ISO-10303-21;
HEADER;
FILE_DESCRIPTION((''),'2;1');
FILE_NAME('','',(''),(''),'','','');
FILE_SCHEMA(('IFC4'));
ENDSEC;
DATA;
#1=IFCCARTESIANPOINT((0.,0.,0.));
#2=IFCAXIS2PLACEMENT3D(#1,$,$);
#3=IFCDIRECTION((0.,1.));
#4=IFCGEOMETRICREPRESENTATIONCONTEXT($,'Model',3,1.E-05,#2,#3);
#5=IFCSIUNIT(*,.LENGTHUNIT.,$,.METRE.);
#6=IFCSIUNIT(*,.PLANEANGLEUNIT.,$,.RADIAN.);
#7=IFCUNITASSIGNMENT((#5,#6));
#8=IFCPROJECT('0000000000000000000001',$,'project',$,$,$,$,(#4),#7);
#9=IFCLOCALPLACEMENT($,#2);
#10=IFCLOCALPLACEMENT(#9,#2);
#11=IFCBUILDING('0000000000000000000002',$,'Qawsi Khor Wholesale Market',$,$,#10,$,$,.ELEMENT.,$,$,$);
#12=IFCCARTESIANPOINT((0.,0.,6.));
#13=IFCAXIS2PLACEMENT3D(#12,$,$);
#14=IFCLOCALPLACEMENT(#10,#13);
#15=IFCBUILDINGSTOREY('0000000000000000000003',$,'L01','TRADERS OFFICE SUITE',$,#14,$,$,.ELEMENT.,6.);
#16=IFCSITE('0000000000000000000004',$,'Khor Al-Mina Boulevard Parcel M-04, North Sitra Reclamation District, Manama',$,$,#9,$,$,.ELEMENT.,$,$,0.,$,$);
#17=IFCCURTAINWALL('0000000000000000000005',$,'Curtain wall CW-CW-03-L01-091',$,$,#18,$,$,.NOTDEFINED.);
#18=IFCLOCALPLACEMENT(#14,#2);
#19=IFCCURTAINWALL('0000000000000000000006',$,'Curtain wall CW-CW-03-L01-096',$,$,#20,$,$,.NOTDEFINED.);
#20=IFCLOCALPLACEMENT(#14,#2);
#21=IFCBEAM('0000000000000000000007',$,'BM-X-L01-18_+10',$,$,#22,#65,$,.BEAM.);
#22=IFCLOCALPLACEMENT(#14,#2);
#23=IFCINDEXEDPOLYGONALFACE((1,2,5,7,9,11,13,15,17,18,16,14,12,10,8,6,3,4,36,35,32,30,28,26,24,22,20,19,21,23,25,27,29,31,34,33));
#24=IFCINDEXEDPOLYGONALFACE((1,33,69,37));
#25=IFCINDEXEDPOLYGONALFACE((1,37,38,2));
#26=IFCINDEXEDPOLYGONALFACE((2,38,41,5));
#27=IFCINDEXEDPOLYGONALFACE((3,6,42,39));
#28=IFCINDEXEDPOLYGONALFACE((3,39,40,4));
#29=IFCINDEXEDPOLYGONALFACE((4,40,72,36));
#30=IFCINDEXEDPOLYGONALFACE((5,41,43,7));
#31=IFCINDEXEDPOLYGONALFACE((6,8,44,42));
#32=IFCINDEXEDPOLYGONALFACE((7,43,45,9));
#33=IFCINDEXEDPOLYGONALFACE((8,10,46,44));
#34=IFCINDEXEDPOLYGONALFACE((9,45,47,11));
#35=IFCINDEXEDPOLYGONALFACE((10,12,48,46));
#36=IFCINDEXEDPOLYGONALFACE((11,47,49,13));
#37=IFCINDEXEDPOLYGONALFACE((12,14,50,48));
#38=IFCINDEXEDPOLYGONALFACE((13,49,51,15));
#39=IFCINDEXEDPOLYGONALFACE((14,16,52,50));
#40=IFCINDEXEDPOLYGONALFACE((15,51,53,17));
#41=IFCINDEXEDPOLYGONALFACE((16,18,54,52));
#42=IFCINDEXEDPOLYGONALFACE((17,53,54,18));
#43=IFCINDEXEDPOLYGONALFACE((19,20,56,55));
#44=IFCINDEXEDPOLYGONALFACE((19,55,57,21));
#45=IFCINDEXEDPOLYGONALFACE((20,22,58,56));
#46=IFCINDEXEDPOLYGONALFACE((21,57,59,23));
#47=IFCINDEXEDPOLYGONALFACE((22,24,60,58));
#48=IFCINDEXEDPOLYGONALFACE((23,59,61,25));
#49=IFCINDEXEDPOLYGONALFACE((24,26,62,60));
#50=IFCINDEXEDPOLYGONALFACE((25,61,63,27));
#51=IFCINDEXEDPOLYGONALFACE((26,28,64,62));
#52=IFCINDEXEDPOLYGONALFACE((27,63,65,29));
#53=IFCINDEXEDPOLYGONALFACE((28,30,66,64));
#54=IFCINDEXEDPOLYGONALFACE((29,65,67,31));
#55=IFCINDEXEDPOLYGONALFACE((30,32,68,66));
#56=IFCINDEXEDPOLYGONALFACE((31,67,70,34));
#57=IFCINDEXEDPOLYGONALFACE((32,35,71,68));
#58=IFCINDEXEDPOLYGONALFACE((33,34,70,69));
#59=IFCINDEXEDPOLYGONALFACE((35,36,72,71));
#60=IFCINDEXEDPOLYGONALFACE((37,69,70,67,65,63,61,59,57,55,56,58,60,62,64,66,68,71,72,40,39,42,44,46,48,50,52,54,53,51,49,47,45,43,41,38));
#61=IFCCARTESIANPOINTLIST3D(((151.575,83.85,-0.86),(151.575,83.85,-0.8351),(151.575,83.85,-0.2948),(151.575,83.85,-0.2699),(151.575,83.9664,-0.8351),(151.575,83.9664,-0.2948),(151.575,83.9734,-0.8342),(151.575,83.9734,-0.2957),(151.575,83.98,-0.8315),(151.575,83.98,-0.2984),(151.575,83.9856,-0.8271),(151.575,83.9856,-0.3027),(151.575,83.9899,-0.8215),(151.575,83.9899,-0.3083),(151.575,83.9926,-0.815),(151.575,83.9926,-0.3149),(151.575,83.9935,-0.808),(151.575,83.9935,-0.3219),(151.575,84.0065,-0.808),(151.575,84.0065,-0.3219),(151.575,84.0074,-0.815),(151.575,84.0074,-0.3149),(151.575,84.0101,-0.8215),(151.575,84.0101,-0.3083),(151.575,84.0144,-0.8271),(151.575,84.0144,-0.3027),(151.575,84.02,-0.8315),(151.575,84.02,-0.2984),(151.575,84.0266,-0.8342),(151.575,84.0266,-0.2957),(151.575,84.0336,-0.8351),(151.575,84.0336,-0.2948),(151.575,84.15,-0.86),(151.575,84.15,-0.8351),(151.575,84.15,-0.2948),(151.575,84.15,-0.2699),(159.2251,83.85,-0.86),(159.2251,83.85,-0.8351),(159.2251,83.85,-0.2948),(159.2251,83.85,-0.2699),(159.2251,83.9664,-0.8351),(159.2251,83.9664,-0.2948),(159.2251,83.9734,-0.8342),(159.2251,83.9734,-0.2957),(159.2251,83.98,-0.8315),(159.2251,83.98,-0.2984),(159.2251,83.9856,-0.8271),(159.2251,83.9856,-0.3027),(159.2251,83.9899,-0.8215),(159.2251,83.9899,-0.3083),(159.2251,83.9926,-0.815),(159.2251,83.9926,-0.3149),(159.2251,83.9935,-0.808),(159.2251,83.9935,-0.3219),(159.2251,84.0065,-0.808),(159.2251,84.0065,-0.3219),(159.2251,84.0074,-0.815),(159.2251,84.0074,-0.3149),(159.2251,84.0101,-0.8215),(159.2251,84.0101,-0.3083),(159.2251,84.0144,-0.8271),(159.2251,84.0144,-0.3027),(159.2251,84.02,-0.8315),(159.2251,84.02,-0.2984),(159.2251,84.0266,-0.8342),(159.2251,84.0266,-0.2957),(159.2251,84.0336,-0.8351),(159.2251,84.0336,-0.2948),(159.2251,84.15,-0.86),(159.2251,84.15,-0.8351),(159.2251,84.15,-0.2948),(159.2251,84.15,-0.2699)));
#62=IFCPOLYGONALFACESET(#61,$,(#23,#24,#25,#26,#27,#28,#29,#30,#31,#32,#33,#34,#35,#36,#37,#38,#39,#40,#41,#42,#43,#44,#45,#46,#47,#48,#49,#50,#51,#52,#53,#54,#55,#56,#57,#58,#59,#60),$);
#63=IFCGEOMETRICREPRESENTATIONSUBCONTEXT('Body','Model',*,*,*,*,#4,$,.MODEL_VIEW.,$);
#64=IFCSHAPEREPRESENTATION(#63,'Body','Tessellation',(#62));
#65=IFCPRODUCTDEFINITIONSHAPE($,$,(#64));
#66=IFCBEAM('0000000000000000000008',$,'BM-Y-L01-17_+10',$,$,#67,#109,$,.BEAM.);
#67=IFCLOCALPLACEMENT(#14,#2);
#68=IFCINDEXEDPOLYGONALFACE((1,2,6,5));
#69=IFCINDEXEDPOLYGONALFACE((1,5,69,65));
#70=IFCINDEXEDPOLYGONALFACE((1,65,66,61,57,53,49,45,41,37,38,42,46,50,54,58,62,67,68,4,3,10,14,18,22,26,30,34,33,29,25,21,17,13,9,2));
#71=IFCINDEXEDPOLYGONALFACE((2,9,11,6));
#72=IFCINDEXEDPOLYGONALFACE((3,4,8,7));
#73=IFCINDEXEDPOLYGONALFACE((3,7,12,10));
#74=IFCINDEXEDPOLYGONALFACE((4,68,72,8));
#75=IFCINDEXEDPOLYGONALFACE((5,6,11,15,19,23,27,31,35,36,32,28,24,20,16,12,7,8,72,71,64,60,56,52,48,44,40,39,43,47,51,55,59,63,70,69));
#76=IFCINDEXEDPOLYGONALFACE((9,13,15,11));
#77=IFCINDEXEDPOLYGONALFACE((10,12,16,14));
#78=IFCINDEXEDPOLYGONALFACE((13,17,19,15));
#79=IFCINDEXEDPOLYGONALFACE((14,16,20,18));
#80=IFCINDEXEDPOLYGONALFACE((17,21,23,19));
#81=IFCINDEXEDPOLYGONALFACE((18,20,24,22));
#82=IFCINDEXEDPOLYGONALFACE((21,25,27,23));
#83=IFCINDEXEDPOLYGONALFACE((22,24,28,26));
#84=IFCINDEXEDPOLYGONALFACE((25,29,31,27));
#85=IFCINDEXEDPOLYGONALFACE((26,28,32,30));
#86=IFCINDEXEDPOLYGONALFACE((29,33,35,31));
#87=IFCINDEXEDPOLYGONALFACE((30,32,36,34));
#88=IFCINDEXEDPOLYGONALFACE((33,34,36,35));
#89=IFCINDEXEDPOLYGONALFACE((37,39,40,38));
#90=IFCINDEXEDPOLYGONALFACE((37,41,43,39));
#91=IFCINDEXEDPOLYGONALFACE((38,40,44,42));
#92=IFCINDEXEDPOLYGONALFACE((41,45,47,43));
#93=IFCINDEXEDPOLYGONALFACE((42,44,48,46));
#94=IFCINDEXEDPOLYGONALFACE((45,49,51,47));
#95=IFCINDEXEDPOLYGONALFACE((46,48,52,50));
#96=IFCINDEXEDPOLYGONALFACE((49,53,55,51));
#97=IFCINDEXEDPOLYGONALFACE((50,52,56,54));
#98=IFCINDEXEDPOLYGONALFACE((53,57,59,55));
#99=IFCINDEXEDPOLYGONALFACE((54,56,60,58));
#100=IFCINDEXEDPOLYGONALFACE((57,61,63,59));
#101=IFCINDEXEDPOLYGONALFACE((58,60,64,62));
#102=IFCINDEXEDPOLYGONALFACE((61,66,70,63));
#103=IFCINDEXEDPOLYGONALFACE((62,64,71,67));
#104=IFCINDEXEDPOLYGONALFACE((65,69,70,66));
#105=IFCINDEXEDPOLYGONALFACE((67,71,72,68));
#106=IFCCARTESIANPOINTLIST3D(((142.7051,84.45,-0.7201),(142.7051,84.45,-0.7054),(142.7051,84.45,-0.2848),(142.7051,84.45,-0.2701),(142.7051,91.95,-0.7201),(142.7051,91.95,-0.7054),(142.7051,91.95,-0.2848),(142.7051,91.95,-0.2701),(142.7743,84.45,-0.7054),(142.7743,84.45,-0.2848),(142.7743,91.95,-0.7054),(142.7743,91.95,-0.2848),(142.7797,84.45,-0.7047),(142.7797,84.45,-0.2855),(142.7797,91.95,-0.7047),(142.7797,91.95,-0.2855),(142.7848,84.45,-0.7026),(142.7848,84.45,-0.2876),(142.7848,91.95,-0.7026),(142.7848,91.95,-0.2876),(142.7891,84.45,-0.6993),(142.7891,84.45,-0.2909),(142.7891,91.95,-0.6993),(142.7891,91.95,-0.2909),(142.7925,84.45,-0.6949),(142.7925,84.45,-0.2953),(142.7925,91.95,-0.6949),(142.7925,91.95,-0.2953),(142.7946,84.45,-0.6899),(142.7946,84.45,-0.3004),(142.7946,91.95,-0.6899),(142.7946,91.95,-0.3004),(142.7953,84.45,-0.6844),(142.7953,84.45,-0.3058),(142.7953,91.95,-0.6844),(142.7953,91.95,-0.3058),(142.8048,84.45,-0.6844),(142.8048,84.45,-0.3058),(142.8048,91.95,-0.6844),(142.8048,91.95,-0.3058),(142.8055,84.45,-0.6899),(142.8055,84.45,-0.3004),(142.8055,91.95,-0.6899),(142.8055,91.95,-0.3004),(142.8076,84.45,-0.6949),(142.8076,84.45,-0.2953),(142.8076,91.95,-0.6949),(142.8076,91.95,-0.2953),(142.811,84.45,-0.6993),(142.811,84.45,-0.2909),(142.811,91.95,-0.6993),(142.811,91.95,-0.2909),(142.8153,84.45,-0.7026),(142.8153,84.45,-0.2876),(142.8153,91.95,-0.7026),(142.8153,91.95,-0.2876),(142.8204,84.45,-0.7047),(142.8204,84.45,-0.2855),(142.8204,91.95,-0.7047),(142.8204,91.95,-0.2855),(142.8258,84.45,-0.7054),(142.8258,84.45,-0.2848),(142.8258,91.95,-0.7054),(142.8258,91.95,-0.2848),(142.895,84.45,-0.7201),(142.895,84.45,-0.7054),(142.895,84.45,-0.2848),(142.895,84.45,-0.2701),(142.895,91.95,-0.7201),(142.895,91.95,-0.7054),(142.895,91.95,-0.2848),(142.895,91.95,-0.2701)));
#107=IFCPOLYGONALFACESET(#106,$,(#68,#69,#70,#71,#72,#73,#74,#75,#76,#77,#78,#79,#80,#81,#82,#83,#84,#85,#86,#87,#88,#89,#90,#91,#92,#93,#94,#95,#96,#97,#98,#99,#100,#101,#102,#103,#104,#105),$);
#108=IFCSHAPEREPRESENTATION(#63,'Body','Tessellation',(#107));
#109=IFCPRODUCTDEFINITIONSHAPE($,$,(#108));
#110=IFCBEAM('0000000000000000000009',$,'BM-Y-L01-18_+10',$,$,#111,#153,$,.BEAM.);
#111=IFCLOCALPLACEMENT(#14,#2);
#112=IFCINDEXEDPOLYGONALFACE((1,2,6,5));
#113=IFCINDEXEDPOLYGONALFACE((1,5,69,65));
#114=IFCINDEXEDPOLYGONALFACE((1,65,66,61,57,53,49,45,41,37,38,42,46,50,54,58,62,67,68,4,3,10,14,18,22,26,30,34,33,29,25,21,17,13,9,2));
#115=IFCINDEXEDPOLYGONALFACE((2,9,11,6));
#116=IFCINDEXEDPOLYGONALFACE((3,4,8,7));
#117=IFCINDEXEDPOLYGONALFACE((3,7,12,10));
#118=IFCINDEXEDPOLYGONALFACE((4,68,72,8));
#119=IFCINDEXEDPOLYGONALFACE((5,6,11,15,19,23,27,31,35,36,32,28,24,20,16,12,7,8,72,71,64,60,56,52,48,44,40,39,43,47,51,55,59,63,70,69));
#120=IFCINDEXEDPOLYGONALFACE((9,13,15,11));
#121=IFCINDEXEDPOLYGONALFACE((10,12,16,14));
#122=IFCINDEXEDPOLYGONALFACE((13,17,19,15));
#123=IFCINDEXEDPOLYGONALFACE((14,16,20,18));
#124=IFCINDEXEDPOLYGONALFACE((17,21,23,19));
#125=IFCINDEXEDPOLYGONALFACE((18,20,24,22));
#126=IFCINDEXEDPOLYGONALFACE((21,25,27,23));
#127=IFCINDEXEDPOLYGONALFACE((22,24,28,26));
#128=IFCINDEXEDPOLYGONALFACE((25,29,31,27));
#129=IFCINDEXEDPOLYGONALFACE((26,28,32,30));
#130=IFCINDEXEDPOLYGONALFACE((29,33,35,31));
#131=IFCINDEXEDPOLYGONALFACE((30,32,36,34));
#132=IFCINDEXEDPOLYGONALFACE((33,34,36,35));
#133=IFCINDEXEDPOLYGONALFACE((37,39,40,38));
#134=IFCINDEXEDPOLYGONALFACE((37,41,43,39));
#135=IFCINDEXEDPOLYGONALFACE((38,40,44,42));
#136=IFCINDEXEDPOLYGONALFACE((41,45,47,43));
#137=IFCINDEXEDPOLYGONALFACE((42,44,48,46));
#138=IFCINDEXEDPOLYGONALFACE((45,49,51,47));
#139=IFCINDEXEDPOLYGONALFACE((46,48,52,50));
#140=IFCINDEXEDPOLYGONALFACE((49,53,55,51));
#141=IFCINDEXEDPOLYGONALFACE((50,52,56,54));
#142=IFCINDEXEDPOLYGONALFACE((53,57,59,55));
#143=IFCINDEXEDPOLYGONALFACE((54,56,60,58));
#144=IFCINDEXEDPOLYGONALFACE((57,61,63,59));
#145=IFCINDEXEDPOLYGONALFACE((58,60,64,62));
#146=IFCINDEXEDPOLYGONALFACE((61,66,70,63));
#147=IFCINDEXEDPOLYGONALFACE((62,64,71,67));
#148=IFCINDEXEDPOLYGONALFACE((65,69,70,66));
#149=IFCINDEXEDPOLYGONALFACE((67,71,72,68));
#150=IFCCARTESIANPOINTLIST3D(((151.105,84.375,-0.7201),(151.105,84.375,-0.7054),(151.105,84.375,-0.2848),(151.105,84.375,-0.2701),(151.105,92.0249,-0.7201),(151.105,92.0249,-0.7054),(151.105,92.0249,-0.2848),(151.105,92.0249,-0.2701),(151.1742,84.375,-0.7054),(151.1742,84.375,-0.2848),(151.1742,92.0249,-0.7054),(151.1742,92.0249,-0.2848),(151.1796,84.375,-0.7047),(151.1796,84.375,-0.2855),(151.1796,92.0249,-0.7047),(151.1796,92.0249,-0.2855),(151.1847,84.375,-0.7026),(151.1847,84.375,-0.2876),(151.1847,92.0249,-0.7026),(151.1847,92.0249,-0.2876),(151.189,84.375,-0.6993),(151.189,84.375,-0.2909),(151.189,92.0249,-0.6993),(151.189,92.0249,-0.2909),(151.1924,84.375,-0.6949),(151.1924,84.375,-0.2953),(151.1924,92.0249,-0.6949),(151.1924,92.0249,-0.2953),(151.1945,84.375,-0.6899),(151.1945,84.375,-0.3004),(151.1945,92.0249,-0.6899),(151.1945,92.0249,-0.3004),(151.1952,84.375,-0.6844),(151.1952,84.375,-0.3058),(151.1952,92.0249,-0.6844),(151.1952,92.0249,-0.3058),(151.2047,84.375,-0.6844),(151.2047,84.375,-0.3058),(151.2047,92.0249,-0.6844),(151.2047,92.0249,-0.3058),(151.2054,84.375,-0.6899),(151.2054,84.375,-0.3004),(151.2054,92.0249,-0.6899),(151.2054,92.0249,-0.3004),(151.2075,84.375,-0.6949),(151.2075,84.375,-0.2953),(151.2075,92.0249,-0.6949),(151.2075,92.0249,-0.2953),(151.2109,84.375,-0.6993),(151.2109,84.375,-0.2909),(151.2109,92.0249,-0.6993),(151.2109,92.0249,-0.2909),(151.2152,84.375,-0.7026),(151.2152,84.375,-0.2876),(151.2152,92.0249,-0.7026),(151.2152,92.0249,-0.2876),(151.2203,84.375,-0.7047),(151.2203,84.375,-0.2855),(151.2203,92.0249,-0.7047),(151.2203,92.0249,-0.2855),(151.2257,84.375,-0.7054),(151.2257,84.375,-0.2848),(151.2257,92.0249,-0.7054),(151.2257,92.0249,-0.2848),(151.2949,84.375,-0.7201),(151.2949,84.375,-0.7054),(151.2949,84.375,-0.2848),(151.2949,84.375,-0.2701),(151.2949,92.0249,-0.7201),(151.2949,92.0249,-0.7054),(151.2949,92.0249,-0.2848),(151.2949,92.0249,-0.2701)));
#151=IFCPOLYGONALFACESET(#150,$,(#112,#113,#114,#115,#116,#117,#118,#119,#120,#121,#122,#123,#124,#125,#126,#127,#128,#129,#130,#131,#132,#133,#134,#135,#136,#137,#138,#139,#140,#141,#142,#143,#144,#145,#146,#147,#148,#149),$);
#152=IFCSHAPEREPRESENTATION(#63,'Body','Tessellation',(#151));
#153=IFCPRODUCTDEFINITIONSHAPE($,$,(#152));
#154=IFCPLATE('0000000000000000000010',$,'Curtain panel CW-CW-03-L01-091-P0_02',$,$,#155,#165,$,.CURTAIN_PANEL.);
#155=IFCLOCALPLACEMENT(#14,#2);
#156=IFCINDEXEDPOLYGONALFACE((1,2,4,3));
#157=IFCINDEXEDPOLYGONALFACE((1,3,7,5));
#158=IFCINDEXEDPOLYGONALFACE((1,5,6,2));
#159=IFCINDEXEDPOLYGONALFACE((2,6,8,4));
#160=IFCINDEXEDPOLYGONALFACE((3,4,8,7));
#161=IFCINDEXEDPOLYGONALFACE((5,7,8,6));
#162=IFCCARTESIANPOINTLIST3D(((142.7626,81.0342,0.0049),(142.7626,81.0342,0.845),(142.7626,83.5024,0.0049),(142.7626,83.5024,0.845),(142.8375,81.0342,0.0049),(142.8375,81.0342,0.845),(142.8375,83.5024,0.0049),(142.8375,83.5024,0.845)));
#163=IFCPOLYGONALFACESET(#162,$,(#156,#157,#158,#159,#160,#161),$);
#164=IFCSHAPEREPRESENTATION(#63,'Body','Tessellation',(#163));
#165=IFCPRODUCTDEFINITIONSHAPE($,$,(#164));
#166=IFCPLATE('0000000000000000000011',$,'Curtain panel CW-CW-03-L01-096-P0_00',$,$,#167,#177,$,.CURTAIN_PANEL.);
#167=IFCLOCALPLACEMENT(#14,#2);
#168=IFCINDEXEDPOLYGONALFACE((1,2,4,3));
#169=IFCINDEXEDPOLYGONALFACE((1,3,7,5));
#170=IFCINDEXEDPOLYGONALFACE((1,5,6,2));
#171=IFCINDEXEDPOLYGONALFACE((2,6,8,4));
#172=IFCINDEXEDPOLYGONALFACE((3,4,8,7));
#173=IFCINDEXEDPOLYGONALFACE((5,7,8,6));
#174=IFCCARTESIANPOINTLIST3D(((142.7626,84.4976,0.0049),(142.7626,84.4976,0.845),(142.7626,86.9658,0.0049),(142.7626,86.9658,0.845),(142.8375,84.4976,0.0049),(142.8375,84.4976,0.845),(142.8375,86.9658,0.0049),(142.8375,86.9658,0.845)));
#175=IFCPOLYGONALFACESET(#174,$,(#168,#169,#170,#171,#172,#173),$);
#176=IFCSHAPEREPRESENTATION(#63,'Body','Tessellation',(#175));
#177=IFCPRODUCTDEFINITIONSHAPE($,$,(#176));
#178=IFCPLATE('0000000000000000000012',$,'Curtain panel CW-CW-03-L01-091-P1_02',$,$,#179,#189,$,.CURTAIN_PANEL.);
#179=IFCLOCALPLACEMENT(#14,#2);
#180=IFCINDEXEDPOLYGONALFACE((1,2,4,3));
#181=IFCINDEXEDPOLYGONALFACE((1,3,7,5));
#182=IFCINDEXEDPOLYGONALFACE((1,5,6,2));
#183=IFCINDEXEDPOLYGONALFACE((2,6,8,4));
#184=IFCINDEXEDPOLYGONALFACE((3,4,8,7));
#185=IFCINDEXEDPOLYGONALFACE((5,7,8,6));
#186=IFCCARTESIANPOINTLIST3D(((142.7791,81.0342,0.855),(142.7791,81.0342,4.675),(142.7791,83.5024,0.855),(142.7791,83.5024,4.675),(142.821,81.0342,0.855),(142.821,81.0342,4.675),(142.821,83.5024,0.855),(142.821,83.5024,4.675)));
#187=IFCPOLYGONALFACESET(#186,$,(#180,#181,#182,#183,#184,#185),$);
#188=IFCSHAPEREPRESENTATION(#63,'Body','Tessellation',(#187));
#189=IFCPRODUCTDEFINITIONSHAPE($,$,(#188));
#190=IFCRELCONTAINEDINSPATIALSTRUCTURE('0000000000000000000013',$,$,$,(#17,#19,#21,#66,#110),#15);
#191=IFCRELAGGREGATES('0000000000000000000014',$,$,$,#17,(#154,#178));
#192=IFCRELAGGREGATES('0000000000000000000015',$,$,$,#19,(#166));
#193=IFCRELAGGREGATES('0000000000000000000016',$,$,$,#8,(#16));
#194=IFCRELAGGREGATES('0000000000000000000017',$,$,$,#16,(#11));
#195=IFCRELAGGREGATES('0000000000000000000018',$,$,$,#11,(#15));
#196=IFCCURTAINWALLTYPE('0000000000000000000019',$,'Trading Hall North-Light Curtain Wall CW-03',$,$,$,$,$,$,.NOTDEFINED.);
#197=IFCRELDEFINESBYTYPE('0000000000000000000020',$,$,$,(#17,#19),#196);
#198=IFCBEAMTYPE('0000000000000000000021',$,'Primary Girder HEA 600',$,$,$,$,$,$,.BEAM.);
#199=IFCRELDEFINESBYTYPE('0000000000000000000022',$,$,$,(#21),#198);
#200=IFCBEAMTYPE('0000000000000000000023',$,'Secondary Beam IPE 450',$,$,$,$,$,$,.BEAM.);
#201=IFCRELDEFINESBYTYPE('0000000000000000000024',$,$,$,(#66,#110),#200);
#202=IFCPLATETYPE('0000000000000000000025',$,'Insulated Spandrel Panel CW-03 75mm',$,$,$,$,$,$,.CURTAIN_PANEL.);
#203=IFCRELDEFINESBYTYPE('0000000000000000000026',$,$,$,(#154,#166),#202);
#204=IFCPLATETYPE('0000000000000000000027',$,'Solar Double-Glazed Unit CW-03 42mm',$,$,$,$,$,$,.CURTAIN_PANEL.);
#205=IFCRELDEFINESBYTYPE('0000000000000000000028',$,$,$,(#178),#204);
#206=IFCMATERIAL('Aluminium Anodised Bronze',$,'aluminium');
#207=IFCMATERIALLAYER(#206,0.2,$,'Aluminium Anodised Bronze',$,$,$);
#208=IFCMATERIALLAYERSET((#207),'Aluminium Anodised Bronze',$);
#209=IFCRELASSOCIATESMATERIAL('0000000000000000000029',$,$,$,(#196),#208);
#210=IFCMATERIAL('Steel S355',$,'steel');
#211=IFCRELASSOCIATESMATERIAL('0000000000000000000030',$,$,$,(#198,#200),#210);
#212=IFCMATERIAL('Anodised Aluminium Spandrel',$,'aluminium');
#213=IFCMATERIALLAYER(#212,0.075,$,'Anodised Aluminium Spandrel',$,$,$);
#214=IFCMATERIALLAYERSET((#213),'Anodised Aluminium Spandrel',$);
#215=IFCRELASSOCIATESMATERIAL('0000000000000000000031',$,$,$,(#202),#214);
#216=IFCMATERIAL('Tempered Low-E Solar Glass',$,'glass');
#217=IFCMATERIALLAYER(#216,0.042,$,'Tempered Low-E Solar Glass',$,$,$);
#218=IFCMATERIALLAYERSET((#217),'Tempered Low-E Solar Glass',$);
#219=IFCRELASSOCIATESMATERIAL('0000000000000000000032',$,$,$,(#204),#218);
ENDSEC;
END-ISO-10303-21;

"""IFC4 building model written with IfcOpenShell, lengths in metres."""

from ifc_helpers import new_model, si_unit, direction, frame, frame_2d, origin, origin_2d, place, context, subcontext, project, spatial, rectangle, i_section, extrude, material, layer, layer_set, material_profile, profile_set, type_object, element, aggregate, save


model = new_model("IFC4")

# Units and contexts
model_context = context("Model", 3, precision=1e-05, world=origin(), true_north=direction((0.0, 1.0)))
body_context = subcontext(model_context, "Body", "Model", "MODEL_VIEW")
ifc_project = project(units=[si_unit("LENGTHUNIT", "METRE"), si_unit("PLANEANGLEUNIT", "RADIAN")], contexts=[model_context])

# Site, building, storey
site_placement = place(None, origin())
site = spatial("IfcSite", under=ifc_project, at=site_placement, Name="Khor Al-Mina Boulevard Parcel M-04, North Sitra Reclamation District, Manama", CompositionType="ELEMENT", RefElevation=0.0)
building_placement = place(site_placement, origin())
building = spatial("IfcBuilding", under=site, at=building_placement, Name="Qawsi Khor Wholesale Market", CompositionType="ELEMENT")
storey_placement = place(building_placement, frame((0.0, 0.0, 6.0)))
storey = spatial("IfcBuildingStorey", under=building, at=storey_placement, Name="L01", Description="TRADERS OFFICE SUITE", CompositionType="ELEMENT", Elevation=6.0)

# Curtain wall
ifc_material_1 = material(Name="Aluminium Anodised Bronze", Category="aluminium")
ifc_layer_1 = layer(ifc_material_1, 0.2, Name="Aluminium Anodised Bronze")
ifc_layer_set_1 = layer_set([ifc_layer_1], Name="Aluminium Anodised Bronze")
curtain_wall_type = type_object("IfcCurtainWallType", Name="Trading Hall North-Light Curtain Wall CW-03", PredefinedType="NOTDEFINED", material=ifc_layer_set_1)
curtain_wall_1_placement = place(storey_placement, origin())
curtain_wall_1 = element("IfcCurtainWall", 1, at=curtain_wall_1_placement, inside=storey, type_object=curtain_wall_type, Name="Curtain wall CW-CW-03-L01-091", PredefinedType="NOTDEFINED")

# Curtain wall
curtain_wall_2_placement = place(storey_placement, origin())
curtain_wall_2 = element("IfcCurtainWall", 2, at=curtain_wall_2_placement, inside=storey, type_object=curtain_wall_type, Name="Curtain wall CW-CW-03-L01-096", PredefinedType="NOTDEFINED")

# Beams
ifc_material_2 = material(Name="Steel S355", Category="steel")
ifc_material_profile_1 = material_profile(ifc_material_2, i_section(OverallWidth=0.3, OverallDepth=0.5901, WebThickness=0.0129, FlangeThickness=0.0249, FilletRadius=0.0271, at=origin_2d()), Name="HEA 600")
ifc_profile_set_1 = profile_set([ifc_material_profile_1], Name="Steel S355")
beam_type_1 = type_object("IfcBeamType", Name="Primary Girder HEA 600", PredefinedType="BEAM", material=ifc_profile_set_1)
beam_1_placement = place(storey_placement, frame((151.575, 84.0, -0.5649), z_axis=(1.0, 0.0, 0.0), x_axis=(0.0, 1.0, 0.0)))
element("IfcBeam", 3, at=beam_1_placement, inside=storey, type_object=beam_type_1, Name="BM-X-L01-18_+10", PredefinedType="BEAM", context=body_context, shape_type="SweptSolid", body=[
    extrude(i_section(OverallWidth=0.3, OverallDepth=0.5901, WebThickness=0.0129, FlangeThickness=0.0249, FilletRadius=0.0271, at=origin_2d()), origin(), (0.0, 0.0, 1.0), 7.6501),
])
ifc_material_profile_2 = material_profile(ifc_material_2, i_section(OverallWidth=0.1899, OverallDepth=0.45, WebThickness=0.0095, FlangeThickness=0.0146, FilletRadius=0.021, at=origin_2d()), Name="IPE 450")
ifc_profile_set_2 = profile_set([ifc_material_profile_2], Name="Steel S355")
beam_type_2 = type_object("IfcBeamType", Name="Secondary Beam IPE 450", PredefinedType="BEAM", material=ifc_profile_set_2)
beam_2_placement = place(storey_placement, frame((142.8, 84.45, -0.4951), z_axis=(0.0, 1.0, 0.0), x_axis=(-1.0, 0.0, 0.0)))
element("IfcBeam", 4, at=beam_2_placement, inside=storey, type_object=beam_type_2, Name="BM-Y-L01-17_+10", PredefinedType="BEAM", context=body_context, shape_type="SweptSolid", body=[
    extrude(i_section(OverallWidth=0.1899, OverallDepth=0.45, WebThickness=0.0095, FlangeThickness=0.0146, FilletRadius=0.021, at=origin_2d()), origin(), (0.0, 0.0, 1.0), 7.5),
])
beam_3_placement = place(storey_placement, frame((151.2, 84.375, -0.4951), z_axis=(0.0, 1.0, 0.0), x_axis=(-1.0, 0.0, 0.0)))
element("IfcBeam", 5, at=beam_3_placement, inside=storey, type_object=beam_type_2, Name="BM-Y-L01-18_+10", PredefinedType="BEAM", context=body_context, shape_type="SweptSolid", body=[
    extrude(i_section(OverallWidth=0.1899, OverallDepth=0.45, WebThickness=0.0095, FlangeThickness=0.0146, FilletRadius=0.021, at=origin_2d()), origin(), (0.0, 0.0, 1.0), 7.6499),
])

# Plates
ifc_material_3 = material(Name="Anodised Aluminium Spandrel", Category="aluminium")
ifc_layer_2 = layer(ifc_material_3, 0.075, Name="Anodised Aluminium Spandrel")
ifc_layer_set_2 = layer_set([ifc_layer_2], Name="Anodised Aluminium Spandrel")
plate_type_1 = type_object("IfcPlateType", Name="Insulated Spandrel Panel CW-03 75mm", PredefinedType="CURTAIN_PANEL", material=ifc_layer_set_2)
plate_1_placement = place(storey_placement, frame((142.8, 81.0342, 0.0049), z_axis=(0.0, 0.0, 1.0), x_axis=(0.0, 1.0, 0.0)))
plate_1 = element("IfcPlate", 6, at=plate_1_placement, type_object=plate_type_1, Name="Curtain panel CW-CW-03-L01-091-P0_02", PredefinedType="CURTAIN_PANEL", context=body_context, shape_type="SweptSolid", body=[
    extrude(rectangle(XDim=2.4683, YDim=0.075, at=frame_2d((1.2341, 0.0))), origin(), (0.0, 0.0, 1.0), 0.8401),
])
plate_2_placement = place(storey_placement, frame((142.8, 84.4976, 0.0049), z_axis=(0.0, 0.0, 1.0), x_axis=(0.0, 1.0, 0.0)))
plate_2 = element("IfcPlate", 7, at=plate_2_placement, type_object=plate_type_1, Name="Curtain panel CW-CW-03-L01-096-P0_00", PredefinedType="CURTAIN_PANEL", context=body_context, shape_type="SweptSolid", body=[
    extrude(rectangle(XDim=2.4683, YDim=0.075, at=frame_2d((1.2341, 0.0))), origin(), (0.0, 0.0, 1.0), 0.8401),
])
ifc_material_4 = material(Name="Tempered Low-E Solar Glass", Category="glass")
ifc_layer_3 = layer(ifc_material_4, 0.042, Name="Tempered Low-E Solar Glass")
ifc_layer_set_3 = layer_set([ifc_layer_3], Name="Tempered Low-E Solar Glass")
plate_type_2 = type_object("IfcPlateType", Name="Solar Double-Glazed Unit CW-03 42mm", PredefinedType="CURTAIN_PANEL", material=ifc_layer_set_3)
plate_3_placement = place(storey_placement, frame((142.8, 81.0342, 0.855), z_axis=(0.0, 0.0, 1.0), x_axis=(0.0, 1.0, 0.0)))
plate_3 = element("IfcPlate", 8, at=plate_3_placement, type_object=plate_type_2, Name="Curtain panel CW-CW-03-L01-091-P1_02", PredefinedType="CURTAIN_PANEL", context=body_context, shape_type="SweptSolid", body=[
    extrude(rectangle(XDim=2.4683, YDim=0.042, at=frame_2d((1.2341, 0.0))), origin(), (0.0, 0.0, 1.0), 3.8201),
])
aggregate(curtain_wall_1, [plate_1, plate_3])
aggregate(curtain_wall_2, [plate_2])

save(model, "model.ifc")
